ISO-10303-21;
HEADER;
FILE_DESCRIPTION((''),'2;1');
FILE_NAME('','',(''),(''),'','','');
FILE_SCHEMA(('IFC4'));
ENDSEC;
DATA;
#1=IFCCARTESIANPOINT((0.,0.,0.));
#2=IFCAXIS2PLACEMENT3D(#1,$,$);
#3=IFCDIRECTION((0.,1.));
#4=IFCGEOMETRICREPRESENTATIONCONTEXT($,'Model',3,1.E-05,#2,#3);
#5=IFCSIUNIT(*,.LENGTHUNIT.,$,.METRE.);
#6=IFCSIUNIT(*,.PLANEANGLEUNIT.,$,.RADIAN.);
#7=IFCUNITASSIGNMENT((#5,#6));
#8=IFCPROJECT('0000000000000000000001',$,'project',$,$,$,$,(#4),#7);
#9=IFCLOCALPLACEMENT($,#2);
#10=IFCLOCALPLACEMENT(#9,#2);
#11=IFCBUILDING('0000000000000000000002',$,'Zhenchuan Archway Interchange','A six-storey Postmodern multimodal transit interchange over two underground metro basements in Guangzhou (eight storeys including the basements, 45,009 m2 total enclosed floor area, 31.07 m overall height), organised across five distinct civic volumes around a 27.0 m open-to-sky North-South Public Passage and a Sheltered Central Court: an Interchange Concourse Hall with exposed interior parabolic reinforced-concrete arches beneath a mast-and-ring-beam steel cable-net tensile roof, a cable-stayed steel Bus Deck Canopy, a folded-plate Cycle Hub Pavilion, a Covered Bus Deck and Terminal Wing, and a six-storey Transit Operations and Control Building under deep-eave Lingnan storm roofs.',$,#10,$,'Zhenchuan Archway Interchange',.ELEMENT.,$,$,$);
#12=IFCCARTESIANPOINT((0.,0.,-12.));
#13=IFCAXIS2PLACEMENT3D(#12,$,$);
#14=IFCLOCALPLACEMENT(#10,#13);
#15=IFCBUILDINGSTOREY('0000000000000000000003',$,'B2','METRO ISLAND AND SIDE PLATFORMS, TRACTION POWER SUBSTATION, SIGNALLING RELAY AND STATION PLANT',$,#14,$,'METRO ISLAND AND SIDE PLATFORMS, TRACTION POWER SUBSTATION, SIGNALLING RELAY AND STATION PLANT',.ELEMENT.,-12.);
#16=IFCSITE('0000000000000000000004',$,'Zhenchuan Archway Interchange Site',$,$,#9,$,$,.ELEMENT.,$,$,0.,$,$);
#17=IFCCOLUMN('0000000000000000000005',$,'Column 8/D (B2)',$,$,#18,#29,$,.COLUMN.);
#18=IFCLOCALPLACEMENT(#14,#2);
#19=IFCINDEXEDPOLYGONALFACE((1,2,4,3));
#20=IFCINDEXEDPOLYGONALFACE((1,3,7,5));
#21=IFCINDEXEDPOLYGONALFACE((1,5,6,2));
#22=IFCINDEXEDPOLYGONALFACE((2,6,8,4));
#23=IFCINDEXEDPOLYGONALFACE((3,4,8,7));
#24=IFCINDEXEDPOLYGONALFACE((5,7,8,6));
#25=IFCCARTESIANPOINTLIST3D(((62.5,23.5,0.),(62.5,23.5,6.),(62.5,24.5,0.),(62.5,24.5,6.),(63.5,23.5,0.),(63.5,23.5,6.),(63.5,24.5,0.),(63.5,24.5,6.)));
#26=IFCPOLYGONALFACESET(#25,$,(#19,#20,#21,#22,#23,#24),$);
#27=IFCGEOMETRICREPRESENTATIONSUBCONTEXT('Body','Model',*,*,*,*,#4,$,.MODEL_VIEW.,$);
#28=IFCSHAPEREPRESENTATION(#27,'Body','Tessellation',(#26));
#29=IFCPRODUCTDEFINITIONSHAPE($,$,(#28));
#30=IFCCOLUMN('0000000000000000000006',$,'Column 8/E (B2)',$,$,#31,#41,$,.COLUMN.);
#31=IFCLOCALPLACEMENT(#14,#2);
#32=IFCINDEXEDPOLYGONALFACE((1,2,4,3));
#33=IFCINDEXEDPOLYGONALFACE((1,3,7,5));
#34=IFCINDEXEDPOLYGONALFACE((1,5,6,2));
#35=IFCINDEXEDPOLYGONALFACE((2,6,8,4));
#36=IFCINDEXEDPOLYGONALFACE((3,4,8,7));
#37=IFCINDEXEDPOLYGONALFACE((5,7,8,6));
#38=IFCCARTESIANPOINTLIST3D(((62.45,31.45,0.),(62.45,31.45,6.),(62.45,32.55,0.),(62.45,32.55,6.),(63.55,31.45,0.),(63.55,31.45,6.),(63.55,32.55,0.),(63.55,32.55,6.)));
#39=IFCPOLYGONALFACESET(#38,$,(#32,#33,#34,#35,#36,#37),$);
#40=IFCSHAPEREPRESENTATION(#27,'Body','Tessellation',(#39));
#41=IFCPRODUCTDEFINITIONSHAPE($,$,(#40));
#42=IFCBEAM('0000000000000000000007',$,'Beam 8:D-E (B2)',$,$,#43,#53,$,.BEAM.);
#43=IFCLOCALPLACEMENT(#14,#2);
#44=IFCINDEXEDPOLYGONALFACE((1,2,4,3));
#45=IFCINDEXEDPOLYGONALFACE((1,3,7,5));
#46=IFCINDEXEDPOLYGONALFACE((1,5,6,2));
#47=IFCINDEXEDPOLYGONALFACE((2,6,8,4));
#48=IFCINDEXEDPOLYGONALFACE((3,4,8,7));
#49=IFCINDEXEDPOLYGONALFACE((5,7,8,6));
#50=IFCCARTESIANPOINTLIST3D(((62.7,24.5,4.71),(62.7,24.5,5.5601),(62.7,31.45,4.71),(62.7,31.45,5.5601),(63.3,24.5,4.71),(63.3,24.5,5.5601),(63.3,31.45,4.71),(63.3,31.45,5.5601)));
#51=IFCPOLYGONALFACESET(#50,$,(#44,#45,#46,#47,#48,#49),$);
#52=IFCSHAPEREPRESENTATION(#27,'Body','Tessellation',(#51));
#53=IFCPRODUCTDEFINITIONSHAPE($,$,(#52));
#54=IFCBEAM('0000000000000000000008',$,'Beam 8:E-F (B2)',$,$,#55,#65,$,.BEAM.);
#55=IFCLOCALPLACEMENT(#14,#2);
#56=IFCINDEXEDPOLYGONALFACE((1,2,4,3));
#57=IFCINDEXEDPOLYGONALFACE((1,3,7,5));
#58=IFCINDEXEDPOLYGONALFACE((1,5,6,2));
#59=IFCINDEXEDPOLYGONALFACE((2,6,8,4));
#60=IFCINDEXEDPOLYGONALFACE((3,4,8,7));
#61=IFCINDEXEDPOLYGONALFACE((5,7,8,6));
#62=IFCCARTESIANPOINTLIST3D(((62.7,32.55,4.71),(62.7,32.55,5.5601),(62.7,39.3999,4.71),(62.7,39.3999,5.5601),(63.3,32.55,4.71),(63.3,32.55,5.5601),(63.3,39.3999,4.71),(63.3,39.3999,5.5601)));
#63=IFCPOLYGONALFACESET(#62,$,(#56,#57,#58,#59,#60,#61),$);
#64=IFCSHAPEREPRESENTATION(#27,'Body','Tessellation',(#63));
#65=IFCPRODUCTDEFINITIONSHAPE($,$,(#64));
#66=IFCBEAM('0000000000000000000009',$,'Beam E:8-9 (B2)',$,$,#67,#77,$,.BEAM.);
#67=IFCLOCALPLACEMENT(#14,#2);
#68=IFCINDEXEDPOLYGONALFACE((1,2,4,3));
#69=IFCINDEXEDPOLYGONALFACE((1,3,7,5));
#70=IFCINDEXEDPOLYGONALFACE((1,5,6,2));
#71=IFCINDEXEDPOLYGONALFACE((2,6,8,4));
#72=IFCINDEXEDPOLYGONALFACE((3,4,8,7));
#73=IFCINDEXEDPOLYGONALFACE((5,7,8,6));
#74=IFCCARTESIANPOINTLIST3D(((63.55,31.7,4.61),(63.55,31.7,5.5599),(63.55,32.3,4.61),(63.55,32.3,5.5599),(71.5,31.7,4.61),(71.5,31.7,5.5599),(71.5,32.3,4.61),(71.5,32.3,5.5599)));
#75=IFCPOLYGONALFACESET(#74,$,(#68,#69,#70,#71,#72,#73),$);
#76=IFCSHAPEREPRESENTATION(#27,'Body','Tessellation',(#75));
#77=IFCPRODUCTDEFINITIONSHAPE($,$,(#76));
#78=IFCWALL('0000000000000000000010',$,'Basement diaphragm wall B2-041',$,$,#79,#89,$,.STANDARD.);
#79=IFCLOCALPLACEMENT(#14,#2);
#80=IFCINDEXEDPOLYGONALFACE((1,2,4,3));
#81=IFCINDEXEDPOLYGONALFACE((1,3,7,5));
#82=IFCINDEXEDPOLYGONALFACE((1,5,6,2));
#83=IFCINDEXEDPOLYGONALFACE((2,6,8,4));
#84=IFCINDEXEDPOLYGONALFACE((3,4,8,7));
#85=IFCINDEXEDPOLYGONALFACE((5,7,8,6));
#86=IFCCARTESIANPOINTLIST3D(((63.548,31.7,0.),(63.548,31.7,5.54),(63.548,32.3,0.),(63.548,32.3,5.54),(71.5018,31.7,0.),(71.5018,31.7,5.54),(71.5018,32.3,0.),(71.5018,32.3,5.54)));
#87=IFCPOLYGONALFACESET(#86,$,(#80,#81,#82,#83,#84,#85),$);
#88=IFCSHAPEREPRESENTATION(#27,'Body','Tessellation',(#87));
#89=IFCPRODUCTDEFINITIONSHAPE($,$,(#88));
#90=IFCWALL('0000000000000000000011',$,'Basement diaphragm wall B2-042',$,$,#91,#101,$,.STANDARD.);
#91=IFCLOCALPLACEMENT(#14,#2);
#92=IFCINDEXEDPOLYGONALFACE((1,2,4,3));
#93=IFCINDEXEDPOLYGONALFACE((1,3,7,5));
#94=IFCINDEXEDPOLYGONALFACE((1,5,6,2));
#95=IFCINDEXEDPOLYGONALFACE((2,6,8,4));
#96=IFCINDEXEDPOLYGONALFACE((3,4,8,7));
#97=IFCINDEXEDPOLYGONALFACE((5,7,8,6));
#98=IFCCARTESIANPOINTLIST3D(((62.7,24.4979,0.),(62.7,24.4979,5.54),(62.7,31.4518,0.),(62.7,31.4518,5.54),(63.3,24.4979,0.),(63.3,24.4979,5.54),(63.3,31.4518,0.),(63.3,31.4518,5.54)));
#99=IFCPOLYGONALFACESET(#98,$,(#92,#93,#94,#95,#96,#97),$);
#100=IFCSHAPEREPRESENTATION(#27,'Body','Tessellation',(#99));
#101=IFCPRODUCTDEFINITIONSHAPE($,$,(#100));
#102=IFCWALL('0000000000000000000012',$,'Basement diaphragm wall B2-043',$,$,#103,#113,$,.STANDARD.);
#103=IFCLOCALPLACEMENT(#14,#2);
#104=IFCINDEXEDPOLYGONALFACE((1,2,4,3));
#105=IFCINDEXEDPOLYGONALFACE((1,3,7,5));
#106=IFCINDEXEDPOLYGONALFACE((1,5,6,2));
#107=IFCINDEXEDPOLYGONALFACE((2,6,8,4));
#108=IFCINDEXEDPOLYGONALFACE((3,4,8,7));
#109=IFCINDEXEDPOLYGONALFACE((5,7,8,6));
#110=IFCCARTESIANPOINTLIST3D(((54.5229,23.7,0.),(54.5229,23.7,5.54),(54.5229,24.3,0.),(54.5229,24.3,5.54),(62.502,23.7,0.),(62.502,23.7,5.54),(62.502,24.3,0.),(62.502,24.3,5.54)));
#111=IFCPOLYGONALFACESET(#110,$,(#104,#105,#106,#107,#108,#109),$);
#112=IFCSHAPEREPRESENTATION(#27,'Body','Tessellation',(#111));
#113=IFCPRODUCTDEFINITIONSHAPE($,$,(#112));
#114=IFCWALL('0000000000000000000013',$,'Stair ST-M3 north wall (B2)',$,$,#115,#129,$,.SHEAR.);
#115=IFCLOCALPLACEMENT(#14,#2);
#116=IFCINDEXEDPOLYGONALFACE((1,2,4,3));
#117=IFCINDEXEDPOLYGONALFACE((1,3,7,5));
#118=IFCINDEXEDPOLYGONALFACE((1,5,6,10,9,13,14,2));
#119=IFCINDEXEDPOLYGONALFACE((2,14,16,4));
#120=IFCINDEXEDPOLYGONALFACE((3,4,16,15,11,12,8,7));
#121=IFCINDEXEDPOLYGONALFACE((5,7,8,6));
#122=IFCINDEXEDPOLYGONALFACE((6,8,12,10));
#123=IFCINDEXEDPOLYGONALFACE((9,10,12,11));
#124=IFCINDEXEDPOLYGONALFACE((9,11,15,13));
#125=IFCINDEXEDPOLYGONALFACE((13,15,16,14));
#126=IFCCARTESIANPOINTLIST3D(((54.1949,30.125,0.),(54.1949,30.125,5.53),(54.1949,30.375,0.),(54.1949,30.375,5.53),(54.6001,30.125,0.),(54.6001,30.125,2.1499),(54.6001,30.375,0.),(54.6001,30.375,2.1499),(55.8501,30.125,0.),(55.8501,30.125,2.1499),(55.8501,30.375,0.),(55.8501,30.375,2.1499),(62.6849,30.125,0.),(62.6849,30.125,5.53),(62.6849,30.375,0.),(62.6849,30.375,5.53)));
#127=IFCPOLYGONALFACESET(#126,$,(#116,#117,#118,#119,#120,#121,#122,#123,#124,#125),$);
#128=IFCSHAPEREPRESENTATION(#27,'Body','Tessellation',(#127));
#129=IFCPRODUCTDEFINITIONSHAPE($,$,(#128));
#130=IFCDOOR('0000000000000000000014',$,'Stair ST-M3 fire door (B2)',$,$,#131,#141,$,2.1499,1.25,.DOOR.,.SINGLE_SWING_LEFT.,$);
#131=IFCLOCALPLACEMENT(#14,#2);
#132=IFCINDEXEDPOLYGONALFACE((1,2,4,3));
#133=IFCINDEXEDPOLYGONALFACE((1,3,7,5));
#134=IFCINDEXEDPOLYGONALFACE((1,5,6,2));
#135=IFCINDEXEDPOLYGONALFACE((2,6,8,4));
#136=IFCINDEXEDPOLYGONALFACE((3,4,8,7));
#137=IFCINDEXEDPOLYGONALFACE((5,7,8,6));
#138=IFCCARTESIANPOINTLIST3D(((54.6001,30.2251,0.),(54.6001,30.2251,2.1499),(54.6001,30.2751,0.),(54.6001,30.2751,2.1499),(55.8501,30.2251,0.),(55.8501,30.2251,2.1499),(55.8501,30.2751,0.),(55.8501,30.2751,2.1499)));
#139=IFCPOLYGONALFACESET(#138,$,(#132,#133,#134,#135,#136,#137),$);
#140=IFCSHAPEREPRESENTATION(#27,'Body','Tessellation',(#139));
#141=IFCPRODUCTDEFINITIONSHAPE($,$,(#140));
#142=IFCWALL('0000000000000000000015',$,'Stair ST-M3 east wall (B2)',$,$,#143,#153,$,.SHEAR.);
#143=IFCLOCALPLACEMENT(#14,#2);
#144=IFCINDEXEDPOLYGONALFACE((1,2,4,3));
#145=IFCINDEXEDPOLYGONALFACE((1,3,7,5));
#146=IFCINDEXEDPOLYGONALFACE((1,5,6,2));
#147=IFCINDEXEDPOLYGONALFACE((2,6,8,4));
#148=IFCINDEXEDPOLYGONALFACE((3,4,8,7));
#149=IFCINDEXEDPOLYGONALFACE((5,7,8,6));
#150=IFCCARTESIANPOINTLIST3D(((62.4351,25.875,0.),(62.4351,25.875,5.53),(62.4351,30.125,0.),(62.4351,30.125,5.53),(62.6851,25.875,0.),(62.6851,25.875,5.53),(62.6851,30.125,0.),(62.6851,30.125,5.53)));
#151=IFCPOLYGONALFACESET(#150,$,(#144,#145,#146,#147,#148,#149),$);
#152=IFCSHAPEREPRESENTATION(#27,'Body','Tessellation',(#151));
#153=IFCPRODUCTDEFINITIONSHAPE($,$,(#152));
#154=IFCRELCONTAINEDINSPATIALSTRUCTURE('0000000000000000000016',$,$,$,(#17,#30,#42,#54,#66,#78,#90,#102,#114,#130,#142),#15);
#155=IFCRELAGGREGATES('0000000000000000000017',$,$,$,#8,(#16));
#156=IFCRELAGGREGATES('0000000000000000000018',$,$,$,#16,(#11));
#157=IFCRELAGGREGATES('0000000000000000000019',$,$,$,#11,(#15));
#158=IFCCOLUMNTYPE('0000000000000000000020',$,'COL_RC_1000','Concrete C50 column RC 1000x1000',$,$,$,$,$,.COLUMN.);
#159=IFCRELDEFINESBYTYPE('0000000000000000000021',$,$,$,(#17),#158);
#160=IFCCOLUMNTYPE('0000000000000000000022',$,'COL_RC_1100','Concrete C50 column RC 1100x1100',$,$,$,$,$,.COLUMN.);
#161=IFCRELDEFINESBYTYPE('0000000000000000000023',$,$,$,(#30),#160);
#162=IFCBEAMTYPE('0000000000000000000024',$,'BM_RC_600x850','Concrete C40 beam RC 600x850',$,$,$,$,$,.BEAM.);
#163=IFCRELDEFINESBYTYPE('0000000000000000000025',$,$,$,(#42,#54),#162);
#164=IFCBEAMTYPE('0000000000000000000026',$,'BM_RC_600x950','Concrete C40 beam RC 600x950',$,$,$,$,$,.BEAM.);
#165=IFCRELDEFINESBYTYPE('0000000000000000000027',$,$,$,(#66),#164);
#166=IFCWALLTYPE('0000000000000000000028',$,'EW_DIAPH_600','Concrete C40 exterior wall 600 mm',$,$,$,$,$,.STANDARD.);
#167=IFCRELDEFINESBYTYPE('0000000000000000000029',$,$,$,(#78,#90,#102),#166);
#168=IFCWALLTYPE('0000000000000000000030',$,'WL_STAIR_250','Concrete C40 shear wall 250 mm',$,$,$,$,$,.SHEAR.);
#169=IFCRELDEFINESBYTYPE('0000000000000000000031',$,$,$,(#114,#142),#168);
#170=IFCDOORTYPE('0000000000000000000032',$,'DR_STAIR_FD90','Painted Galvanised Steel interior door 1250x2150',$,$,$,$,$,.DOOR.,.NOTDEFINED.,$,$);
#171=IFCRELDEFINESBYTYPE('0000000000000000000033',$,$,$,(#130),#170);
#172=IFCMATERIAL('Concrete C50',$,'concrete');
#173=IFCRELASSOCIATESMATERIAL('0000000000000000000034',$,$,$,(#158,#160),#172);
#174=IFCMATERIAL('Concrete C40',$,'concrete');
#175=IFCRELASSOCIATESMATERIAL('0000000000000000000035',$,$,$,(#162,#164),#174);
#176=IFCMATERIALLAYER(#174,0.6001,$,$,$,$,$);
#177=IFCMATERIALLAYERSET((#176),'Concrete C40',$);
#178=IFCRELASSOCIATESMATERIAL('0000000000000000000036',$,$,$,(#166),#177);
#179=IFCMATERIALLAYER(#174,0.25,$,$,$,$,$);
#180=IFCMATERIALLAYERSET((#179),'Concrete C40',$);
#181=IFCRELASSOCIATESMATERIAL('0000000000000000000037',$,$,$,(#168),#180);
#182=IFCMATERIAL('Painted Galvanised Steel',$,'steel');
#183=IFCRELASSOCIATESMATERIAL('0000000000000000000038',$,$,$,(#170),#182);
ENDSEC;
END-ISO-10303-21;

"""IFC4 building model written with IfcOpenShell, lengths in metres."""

from ifc_helpers import new_model, si_unit, direction, frame, frame_2d, origin, origin_2d, place, context, subcontext, project, spatial, rectangle, extrude, material, layer, layer_set, material_profile, profile_set, type_object, element, fill, save


model = new_model("IFC4")

# Units and contexts
model_context = context("Model", 3, precision=1e-05, world=origin(), true_north=direction((0.0, 1.0)))
body_context = subcontext(model_context, "Body", "Model", "MODEL_VIEW")
ifc_project = project(units=[si_unit("LENGTHUNIT", "METRE"), si_unit("PLANEANGLEUNIT", "RADIAN")], contexts=[model_context])

# Site, building, storey
site_placement = place(None, origin())
site = spatial("IfcSite", under=ifc_project, at=site_placement, Name="Zhenchuan Archway Interchange Site", CompositionType="ELEMENT", RefElevation=0.0)
building_placement = place(site_placement, origin())
building = spatial("IfcBuilding", under=site, at=building_placement, Name="Zhenchuan Archway Interchange", Description="A six-storey Postmodern multimodal transit interchange over two underground metro basements in Guangzhou (eight storeys including the basements, 45,009 m2 total enclosed floor area, 31.07 m overall height), organised across five distinct civic volumes around a 27.0 m open-to-sky North-South Public Passage and a Sheltered Central Court: an Interchange Concourse Hall with exposed interior parabolic reinforced-concrete arches beneath a mast-and-ring-beam steel cable-net tensile roof, a cable-stayed steel Bus Deck Canopy, a folded-plate Cycle Hub Pavilion, a Covered Bus Deck and Terminal Wing, and a six-storey Transit Operations and Control Building under deep-eave Lingnan storm roofs.", LongName="Zhenchuan Archway Interchange", CompositionType="ELEMENT")
storey_placement = place(building_placement, frame((0.0, 0.0, -12.0)))
storey = spatial("IfcBuildingStorey", under=building, at=storey_placement, Name="B2", Description="METRO ISLAND AND SIDE PLATFORMS, TRACTION POWER SUBSTATION, SIGNALLING RELAY AND STATION PLANT", LongName="METRO ISLAND AND SIDE PLATFORMS, TRACTION POWER SUBSTATION, SIGNALLING RELAY AND STATION PLANT", CompositionType="ELEMENT", Elevation=-12.0)

# Shared definitions
ifc_material_1 = material(Name="Concrete C40", Category="concrete")

# Columns
ifc_material_2 = material(Name="Concrete C50", Category="concrete")
ifc_material_profile_1 = material_profile(ifc_material_2, rectangle(XDim=1.0, YDim=1.0, at=origin_2d()), Name="RC 1000x1000")
ifc_profile_set_1 = profile_set([ifc_material_profile_1], Name="Concrete C50")
column_type_1 = type_object("IfcColumnType", Name="COL_RC_1000", Description="Concrete C50 column RC 1000x1000", PredefinedType="COLUMN", material=ifc_profile_set_1)
column_1_placement = place(storey_placement, frame((63.0, 24.0, 0.0), z_axis=(0.0, 0.0, 1.0), x_axis=(1.0, 0.0, 0.0)))
element("IfcColumn", 1, at=column_1_placement, inside=storey, type_object=column_type_1, Name="Column 8/D (B2)", PredefinedType="COLUMN", context=body_context, shape_type="SweptSolid", body=[
    extrude(rectangle(XDim=1.0, YDim=1.0, at=origin_2d()), origin(), (0.0, 0.0, 1.0), 6.0),
])
ifc_material_profile_2 = material_profile(ifc_material_2, rectangle(XDim=1.1001, YDim=1.1001, at=origin_2d()), Name="RC 1100x1100")
ifc_profile_set_2 = profile_set([ifc_material_profile_2], Name="Concrete C50")
column_type_2 = type_object("IfcColumnType", Name="COL_RC_1100", Description="Concrete C50 column RC 1100x1100", PredefinedType="COLUMN", material=ifc_profile_set_2)
column_2_placement = place(storey_placement, frame((63.0, 32.0, 0.0), z_axis=(0.0, 0.0, 1.0), x_axis=(1.0, 0.0, 0.0)))
element("IfcColumn", 2, at=column_2_placement, inside=storey, type_object=column_type_2, Name="Column 8/E (B2)", PredefinedType="COLUMN", context=body_context, shape_type="SweptSolid", body=[
    extrude(rectangle(XDim=1.1001, YDim=1.1001, at=origin_2d()), origin(), (0.0, 0.0, 1.0), 6.0),
])

# Beams
ifc_material_profile_3 = material_profile(ifc_material_1, rectangle(XDim=0.6001, YDim=0.8501, at=origin_2d()), Name="RC 600x850")
ifc_profile_set_3 = profile_set([ifc_material_profile_3], Name="Concrete C40")
beam_type_1 = type_object("IfcBeamType", Name="BM_RC_600x850", Description="Concrete C40 beam RC 600x850", PredefinedType="BEAM", material=ifc_profile_set_3)
beam_1_placement = place(storey_placement, frame((63.0, 24.5, 5.135), z_axis=(0.0, 1.0, 0.0), x_axis=(-1.0, 0.0, 0.0)))
element("IfcBeam", 3, at=beam_1_placement, inside=storey, type_object=beam_type_1, Name="Beam 8:D-E (B2)", PredefinedType="BEAM", context=body_context, shape_type="SweptSolid", body=[
    extrude(rectangle(XDim=0.6001, YDim=0.8501, at=origin_2d()), origin(), (0.0, 0.0, 1.0), 6.95),
])
beam_2_placement = place(storey_placement, frame((63.0, 32.55, 5.135), z_axis=(0.0, 1.0, 0.0), x_axis=(-1.0, 0.0, 0.0)))
element("IfcBeam", 4, at=beam_2_placement, inside=storey, type_object=beam_type_1, Name="Beam 8:E-F (B2)", PredefinedType="BEAM", context=body_context, shape_type="SweptSolid", body=[
    extrude(rectangle(XDim=0.6001, YDim=0.8501, at=origin_2d()), origin(), (0.0, 0.0, 1.0), 6.8499),
])
ifc_material_profile_4 = material_profile(ifc_material_1, rectangle(XDim=0.6001, YDim=0.95, at=origin_2d()), Name="RC 600x950")
ifc_profile_set_4 = profile_set([ifc_material_profile_4], Name="Concrete C40")
beam_type_2 = type_object("IfcBeamType", Name="BM_RC_600x950", Description="Concrete C40 beam RC 600x950", PredefinedType="BEAM", material=ifc_profile_set_4)
beam_3_placement = place(storey_placement, frame((63.55, 32.0, 5.085), z_axis=(1.0, 0.0, 0.0), x_axis=(0.0, 1.0, 0.0)))
element("IfcBeam", 5, at=beam_3_placement, inside=storey, type_object=beam_type_2, Name="Beam E:8-9 (B2)", PredefinedType="BEAM", context=body_context, shape_type="SweptSolid", body=[
    extrude(rectangle(XDim=0.6001, YDim=0.95, at=origin_2d()), origin(), (0.0, 0.0, 1.0), 7.95),
])

# Walls
ifc_layer_1 = layer(ifc_material_1, 0.6001)
ifc_layer_set_1 = layer_set([ifc_layer_1], Name="Concrete C40")
wall_type_1 = type_object("IfcWallType", Name="EW_DIAPH_600", Description="Concrete C40 exterior wall 600 mm", PredefinedType="STANDARD", material=ifc_layer_set_1)
wall_1_placement = place(storey_placement, frame((71.502, 32.0, 0.0), z_axis=(0.0, 0.0, 1.0), x_axis=(-1.0, 0.0, 0.0)))
element("IfcWall", 6, at=wall_1_placement, inside=storey, type_object=wall_type_1, Name="Basement diaphragm wall B2-041", PredefinedType="STANDARD", context=body_context, shape_type="SweptSolid", body=[
    extrude(rectangle(XDim=7.9539, YDim=0.6001, at=frame_2d((3.9771, 0.0))), origin(), (0.0, 0.0, 1.0), 5.54),
])
wall_2_placement = place(storey_placement, frame((63.0, 31.4519, 0.0), z_axis=(0.0, 0.0, 1.0), x_axis=(0.0, -1.0, 0.0)))
element("IfcWall", 7, at=wall_2_placement, inside=storey, type_object=wall_type_1, Name="Basement diaphragm wall B2-042", PredefinedType="STANDARD", context=body_context, shape_type="SweptSolid", body=[
    extrude(rectangle(XDim=6.9539, YDim=0.6001, at=frame_2d((3.4771, 0.0))), origin(), (0.0, 0.0, 1.0), 5.54),
])
wall_3_placement = place(storey_placement, frame((62.502, 24.0, 0.0), z_axis=(0.0, 0.0, 1.0), x_axis=(-1.0, 0.0, 0.0)))
element("IfcWall", 8, at=wall_3_placement, inside=storey, type_object=wall_type_1, Name="Basement diaphragm wall B2-043", PredefinedType="STANDARD", context=body_context, shape_type="SweptSolid", body=[
    extrude(rectangle(XDim=7.979, YDim=0.6001, at=frame_2d((3.9895, 0.0))), origin(), (0.0, 0.0, 1.0), 5.54),
])

# Wall, opening, door
ifc_layer_2 = layer(ifc_material_1, 0.25)
ifc_layer_set_2 = layer_set([ifc_layer_2], Name="Concrete C40")
wall_type_2 = type_object("IfcWallType", Name="WL_STAIR_250", Description="Concrete C40 shear wall 250 mm", PredefinedType="SHEAR", material=ifc_layer_set_2)
wall_4_placement = place(storey_placement, frame((62.6851, 30.25, 0.0), z_axis=(0.0, 0.0, 1.0), x_axis=(-1.0, 0.0, 0.0)))
wall_4 = element("IfcWall", 9, at=wall_4_placement, inside=storey, type_object=wall_type_2, Name="Stair ST-M3 north wall (B2)", PredefinedType="SHEAR", context=body_context, shape_type="SweptSolid", body=[
    extrude(rectangle(XDim=8.49, YDim=0.25, at=frame_2d((4.2451, 0.0))), origin(), (0.0, 0.0, 1.0), 5.53),
])
opening_placement = place(wall_4_placement, frame((6.835, 0.0, 0.0)))
opening = element("IfcOpeningElement", 10, at=opening_placement, cuts=wall_4, PredefinedType="OPENING", context=body_context, shape_type="SweptSolid", body=[
    extrude(rectangle(XDim=1.25, YDim=2.1499, at=frame_2d((0.625, 1.075))), frame((0.0, 0.137, 0.0), z_axis=(0.0, -1.0, 0.0), x_axis=(1.0, 0.0, 0.0)), (0.0, 0.0, 1.0), 0.2739),
])
ifc_material_3 = material(Name="Painted Galvanised Steel", Category="steel")
door_type = type_object("IfcDoorType", Name="DR_STAIR_FD90", Description="Painted Galvanised Steel interior door 1250x2150", OperationType="NOTDEFINED", PredefinedType="DOOR", material=ifc_material_3)
door_placement = place(opening_placement, origin())
door = element("IfcDoor", 11, at=door_placement, inside=storey, type_object=door_type, Name="Stair ST-M3 fire door (B2)", OperationType="SINGLE_SWING_LEFT", OverallHeight=2.1499, OverallWidth=1.25, PredefinedType="DOOR", context=body_context, shape_type="SweptSolid", body=[
    extrude(rectangle(XDim=1.25, YDim=2.1499, at=frame_2d((0.625, 1.075))), frame((0.0, 0.0249, 0.0), z_axis=(0.0, -1.0, 0.0), x_axis=(1.0, 0.0, 0.0)), (0.0, 0.0, 1.0), 0.05),
])
fill(opening, door)

# Wall
wall_5_placement = place(storey_placement, frame((62.5601, 25.875, 0.0), z_axis=(0.0, 0.0, 1.0), x_axis=(0.0, 1.0, 0.0)))
element("IfcWall", 12, at=wall_5_placement, inside=storey, type_object=wall_type_2, Name="Stair ST-M3 east wall (B2)", PredefinedType="SHEAR", context=body_context, shape_type="SweptSolid", body=[
    extrude(rectangle(XDim=4.25, YDim=0.25, at=frame_2d((2.125, 0.0))), origin(), (0.0, 0.0, 1.0), 5.53),
])

save(model, "model.ifc")
